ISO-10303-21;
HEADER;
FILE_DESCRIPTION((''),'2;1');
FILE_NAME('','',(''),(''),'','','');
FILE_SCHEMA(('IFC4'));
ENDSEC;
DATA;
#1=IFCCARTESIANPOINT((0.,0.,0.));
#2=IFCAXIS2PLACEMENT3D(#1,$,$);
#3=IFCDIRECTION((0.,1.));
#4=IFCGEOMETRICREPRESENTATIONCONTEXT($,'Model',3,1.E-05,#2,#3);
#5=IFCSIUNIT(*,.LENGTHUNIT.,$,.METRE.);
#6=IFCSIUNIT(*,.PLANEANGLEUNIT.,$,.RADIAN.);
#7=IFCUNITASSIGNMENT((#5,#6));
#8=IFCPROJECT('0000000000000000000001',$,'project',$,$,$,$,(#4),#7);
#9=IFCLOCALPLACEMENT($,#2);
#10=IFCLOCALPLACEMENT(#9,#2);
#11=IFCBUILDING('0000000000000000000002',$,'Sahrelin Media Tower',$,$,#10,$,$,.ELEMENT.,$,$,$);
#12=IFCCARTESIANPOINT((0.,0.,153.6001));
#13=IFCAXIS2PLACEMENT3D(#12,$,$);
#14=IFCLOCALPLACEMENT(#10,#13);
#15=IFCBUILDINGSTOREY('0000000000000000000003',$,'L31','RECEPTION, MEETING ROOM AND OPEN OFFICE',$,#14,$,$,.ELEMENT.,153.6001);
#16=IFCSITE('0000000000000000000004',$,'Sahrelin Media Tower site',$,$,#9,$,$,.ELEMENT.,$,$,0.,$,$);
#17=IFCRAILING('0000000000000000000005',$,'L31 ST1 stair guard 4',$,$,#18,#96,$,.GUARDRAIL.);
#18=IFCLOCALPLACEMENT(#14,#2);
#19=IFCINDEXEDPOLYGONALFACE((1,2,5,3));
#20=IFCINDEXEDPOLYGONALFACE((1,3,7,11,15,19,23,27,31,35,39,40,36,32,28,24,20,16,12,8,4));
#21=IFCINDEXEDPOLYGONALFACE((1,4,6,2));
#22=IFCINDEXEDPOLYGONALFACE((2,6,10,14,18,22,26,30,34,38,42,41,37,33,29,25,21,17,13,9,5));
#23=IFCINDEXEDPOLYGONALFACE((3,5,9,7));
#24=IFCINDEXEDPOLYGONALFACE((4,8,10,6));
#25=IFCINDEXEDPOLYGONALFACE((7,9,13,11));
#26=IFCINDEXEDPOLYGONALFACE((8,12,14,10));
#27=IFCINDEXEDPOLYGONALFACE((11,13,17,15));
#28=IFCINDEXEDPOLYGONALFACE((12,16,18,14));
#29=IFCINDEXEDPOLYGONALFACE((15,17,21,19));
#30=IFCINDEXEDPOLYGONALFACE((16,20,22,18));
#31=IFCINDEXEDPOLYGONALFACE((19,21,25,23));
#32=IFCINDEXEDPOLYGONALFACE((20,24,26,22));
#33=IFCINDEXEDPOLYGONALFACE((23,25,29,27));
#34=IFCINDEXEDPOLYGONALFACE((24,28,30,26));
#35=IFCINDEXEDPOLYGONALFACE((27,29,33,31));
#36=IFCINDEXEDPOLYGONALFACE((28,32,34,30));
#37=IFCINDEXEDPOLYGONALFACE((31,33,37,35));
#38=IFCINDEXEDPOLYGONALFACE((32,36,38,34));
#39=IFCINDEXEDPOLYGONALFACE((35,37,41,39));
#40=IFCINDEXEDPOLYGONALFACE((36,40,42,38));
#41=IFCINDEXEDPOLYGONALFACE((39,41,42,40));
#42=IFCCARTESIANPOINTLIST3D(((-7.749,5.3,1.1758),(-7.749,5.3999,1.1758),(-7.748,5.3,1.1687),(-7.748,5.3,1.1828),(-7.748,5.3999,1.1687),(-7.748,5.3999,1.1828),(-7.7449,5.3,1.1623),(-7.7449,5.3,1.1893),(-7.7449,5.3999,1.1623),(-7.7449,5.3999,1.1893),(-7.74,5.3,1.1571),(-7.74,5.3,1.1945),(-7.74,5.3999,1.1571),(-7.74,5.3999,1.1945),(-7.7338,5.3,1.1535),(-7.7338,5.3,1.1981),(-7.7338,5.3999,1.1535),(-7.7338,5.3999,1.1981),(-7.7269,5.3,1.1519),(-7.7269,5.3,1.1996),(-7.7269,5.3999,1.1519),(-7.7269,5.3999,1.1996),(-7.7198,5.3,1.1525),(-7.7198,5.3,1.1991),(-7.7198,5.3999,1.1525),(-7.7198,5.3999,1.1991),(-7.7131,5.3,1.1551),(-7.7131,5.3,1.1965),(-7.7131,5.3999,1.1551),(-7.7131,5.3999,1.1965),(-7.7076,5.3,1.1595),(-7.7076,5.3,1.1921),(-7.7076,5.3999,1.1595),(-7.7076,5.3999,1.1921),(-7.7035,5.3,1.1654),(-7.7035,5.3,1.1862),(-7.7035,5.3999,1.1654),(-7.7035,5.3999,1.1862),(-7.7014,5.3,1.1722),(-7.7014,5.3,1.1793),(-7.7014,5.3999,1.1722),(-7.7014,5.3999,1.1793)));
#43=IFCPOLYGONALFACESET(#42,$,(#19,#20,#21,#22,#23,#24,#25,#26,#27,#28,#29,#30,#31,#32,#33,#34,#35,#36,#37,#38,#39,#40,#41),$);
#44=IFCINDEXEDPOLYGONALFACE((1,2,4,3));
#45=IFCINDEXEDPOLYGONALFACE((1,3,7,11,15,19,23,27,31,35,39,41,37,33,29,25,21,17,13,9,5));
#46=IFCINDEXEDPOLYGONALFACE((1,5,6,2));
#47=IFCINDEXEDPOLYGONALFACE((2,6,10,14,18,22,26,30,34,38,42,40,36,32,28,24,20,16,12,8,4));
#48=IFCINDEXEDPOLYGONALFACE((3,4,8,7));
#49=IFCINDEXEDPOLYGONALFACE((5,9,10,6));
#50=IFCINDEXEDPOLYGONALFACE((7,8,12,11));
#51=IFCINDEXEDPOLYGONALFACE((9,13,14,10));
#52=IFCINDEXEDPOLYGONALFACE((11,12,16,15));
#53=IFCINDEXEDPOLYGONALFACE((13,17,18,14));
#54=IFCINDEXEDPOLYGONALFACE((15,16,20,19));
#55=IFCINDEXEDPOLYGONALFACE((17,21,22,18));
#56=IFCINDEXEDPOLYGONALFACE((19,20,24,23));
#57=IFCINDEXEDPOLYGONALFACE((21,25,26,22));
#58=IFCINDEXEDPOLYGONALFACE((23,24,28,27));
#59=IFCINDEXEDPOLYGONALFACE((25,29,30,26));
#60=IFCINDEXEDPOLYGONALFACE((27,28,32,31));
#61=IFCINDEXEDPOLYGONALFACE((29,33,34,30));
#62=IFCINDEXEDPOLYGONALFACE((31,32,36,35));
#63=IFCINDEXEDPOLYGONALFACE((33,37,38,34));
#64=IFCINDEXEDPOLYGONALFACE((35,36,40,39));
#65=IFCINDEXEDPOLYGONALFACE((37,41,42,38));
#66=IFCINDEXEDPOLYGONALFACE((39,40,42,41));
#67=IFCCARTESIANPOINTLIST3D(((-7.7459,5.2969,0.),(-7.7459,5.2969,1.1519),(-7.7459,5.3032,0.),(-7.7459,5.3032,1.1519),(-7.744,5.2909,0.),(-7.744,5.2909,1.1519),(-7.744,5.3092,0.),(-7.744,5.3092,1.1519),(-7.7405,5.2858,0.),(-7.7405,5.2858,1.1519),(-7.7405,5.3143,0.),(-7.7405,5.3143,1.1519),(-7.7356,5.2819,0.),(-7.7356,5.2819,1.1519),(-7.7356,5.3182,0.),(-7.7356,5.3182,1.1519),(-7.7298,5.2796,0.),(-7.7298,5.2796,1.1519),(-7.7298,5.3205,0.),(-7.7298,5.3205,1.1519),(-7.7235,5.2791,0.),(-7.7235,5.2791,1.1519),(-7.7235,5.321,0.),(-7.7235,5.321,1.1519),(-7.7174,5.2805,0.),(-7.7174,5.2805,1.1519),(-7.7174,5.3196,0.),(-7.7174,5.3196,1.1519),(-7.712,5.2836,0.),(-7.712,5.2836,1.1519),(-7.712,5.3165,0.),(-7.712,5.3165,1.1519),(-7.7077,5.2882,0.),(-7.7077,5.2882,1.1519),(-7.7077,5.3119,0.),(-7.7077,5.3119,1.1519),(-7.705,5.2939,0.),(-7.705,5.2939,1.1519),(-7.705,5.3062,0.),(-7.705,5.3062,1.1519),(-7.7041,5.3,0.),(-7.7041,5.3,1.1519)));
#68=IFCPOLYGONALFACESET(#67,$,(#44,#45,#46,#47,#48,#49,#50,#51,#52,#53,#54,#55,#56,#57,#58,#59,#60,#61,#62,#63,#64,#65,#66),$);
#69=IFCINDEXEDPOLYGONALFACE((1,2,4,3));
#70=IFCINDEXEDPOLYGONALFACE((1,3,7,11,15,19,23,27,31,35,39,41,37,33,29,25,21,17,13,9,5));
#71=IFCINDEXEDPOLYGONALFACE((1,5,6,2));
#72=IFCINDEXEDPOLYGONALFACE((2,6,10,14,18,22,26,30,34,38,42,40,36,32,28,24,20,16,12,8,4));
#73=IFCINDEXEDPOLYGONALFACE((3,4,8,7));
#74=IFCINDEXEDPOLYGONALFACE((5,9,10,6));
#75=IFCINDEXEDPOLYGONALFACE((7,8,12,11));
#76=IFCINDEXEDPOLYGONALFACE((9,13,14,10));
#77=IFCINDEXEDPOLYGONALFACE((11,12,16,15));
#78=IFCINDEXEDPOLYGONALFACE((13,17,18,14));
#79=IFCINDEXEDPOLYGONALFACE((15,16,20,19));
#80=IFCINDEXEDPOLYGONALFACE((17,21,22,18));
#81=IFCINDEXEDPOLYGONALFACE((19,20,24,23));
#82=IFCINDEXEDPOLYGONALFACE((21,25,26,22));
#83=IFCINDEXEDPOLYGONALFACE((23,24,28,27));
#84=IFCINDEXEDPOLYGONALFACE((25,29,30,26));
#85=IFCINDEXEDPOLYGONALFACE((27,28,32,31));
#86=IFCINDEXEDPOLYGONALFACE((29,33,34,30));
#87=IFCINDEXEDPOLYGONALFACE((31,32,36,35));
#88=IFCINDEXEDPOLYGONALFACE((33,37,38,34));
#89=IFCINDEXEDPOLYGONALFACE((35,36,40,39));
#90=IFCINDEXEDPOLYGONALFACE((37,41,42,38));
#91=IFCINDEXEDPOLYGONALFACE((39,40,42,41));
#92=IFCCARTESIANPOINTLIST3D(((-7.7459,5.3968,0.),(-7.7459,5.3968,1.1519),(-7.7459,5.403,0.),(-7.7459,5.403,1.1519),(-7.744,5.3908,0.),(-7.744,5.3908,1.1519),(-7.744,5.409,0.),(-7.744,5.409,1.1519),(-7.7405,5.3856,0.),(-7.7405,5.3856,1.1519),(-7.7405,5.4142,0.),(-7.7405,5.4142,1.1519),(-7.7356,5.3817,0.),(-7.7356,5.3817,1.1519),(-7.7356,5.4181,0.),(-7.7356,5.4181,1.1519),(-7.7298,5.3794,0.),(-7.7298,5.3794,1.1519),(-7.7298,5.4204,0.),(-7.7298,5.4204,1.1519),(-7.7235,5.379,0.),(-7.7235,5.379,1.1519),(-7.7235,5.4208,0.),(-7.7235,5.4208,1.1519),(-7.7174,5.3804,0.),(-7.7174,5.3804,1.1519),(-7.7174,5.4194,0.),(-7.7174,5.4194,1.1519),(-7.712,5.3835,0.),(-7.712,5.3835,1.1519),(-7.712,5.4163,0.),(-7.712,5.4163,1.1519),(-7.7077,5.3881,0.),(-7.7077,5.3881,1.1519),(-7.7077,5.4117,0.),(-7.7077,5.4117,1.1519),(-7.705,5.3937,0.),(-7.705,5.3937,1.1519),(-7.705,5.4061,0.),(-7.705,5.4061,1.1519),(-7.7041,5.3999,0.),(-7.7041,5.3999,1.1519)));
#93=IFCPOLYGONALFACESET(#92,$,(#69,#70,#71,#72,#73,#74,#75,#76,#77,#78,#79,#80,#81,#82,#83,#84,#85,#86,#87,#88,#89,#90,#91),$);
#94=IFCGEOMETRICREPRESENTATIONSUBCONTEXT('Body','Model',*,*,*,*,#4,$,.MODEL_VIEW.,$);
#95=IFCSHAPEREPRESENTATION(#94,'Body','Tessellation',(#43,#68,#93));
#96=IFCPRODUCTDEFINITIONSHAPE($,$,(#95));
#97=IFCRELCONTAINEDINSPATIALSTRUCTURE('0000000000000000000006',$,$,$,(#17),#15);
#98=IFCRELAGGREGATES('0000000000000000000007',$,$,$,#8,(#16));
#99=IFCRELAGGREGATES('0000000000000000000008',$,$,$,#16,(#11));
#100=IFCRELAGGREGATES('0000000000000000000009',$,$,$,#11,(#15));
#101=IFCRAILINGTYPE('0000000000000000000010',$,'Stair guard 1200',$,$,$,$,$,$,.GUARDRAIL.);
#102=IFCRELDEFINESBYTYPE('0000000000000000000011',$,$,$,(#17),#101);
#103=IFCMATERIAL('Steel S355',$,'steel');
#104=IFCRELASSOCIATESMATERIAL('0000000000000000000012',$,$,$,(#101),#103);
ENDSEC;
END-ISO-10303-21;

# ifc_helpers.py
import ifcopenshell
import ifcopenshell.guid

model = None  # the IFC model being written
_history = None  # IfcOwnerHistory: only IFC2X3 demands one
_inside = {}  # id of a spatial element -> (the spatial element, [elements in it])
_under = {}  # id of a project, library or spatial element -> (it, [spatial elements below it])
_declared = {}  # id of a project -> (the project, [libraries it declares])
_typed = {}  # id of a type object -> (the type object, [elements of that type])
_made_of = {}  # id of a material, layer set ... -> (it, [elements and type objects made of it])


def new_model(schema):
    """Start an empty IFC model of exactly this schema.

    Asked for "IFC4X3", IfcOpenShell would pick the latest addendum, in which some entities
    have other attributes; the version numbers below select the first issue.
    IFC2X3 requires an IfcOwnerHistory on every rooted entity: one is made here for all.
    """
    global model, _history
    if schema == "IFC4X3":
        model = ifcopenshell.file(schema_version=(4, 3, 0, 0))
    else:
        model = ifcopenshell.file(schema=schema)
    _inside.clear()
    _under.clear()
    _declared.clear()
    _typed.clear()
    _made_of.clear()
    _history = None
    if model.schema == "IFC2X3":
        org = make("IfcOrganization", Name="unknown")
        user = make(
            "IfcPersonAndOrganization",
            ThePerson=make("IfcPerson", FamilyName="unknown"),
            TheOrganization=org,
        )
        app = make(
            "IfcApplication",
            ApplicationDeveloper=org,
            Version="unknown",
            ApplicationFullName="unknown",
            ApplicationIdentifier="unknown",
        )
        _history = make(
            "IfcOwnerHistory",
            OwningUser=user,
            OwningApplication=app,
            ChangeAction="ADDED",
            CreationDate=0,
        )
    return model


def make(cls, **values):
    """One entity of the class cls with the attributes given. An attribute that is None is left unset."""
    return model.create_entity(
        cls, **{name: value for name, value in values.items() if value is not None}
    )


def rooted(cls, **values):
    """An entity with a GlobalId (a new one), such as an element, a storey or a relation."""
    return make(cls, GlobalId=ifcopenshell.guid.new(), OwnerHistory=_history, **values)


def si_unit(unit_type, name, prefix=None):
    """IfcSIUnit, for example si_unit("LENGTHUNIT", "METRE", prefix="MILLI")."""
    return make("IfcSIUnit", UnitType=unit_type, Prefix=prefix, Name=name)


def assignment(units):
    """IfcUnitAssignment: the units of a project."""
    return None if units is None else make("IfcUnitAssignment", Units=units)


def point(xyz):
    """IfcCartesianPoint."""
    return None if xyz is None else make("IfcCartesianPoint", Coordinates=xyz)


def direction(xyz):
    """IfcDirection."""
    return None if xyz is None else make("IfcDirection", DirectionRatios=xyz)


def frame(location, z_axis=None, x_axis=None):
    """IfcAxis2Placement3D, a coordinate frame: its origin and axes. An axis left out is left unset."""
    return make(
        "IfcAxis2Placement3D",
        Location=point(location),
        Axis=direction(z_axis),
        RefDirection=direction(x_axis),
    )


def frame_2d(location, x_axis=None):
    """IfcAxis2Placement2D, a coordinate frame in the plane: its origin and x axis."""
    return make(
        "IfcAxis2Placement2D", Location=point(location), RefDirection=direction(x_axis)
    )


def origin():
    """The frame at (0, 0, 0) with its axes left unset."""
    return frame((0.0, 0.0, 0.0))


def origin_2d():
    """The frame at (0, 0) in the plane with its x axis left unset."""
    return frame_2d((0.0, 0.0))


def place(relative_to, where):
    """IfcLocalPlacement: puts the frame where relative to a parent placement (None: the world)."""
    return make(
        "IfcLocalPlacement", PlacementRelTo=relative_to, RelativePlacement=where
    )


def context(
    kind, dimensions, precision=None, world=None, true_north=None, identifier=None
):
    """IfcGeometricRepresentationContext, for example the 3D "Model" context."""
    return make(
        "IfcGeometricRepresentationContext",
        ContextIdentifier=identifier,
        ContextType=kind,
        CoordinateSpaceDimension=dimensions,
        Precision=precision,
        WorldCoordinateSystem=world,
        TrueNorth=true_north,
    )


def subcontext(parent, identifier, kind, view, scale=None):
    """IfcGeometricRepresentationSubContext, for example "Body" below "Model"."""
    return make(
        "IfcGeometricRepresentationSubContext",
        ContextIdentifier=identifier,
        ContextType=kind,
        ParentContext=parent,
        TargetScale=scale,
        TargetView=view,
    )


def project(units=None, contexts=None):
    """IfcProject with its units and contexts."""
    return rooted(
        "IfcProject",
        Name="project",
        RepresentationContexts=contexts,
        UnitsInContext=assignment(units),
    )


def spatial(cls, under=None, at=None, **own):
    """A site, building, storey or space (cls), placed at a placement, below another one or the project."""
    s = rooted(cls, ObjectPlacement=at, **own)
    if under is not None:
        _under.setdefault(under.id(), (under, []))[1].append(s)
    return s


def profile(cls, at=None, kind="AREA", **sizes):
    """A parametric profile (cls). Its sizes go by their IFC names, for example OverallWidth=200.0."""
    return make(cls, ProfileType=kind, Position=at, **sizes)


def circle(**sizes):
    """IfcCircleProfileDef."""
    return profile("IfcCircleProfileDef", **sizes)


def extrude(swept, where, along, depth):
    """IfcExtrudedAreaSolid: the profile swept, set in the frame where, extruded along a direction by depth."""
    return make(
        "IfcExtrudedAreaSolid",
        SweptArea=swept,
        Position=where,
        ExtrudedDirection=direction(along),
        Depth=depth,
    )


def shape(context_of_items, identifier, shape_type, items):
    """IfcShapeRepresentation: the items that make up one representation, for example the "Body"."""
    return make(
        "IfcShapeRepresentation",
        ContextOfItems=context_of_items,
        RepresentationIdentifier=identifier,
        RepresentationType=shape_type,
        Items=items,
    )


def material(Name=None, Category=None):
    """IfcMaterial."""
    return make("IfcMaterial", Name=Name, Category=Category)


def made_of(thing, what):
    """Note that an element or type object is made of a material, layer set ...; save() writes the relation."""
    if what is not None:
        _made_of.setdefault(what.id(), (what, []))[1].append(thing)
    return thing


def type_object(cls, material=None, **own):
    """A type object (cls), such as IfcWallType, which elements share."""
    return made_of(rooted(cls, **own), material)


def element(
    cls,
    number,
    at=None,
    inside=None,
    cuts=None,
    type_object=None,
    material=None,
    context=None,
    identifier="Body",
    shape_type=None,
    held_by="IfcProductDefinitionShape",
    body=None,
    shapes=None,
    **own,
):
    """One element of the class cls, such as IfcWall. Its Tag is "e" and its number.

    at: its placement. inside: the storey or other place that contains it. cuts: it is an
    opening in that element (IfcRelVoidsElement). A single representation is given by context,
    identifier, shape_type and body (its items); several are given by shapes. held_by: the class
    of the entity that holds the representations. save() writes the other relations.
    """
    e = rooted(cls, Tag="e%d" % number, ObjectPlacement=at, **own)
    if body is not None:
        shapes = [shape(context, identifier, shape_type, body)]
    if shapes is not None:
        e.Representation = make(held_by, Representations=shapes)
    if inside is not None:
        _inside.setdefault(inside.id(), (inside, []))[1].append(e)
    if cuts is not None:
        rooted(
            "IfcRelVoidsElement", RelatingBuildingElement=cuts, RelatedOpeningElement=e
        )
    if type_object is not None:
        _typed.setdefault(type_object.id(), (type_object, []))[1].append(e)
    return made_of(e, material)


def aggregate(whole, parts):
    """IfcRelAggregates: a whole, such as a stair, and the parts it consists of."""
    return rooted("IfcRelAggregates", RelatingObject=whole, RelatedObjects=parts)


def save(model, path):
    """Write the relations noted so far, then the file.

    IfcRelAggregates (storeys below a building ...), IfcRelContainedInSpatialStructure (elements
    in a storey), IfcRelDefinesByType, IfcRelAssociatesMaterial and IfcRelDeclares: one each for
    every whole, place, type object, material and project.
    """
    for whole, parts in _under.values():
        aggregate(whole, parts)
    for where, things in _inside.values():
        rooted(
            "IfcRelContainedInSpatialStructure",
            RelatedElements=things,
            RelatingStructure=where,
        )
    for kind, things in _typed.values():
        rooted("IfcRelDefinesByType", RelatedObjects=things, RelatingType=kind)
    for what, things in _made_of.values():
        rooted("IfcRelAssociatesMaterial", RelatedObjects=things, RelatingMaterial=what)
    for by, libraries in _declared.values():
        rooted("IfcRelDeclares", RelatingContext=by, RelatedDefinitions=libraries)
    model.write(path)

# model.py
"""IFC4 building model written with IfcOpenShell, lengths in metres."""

from ifc_helpers import new_model, si_unit, direction, frame, origin, origin_2d, place, context, subcontext, project, spatial, circle, extrude, material, type_object, element, save


model = new_model("IFC4")

# Units and contexts
model_context = context("Model", 3, precision=1e-05, world=origin(), true_north=direction((0.0, 1.0)))
body_context = subcontext(model_context, "Body", "Model", "MODEL_VIEW")
ifc_project = project(units=[si_unit("LENGTHUNIT", "METRE"), si_unit("PLANEANGLEUNIT", "RADIAN")], contexts=[model_context])

# Site, building, storey
site_placement = place(None, origin())
site = spatial("IfcSite", under=ifc_project, at=site_placement, Name="Sahrelin Media Tower site", CompositionType="ELEMENT", RefElevation=0.0)
building_placement = place(site_placement, origin())
building = spatial("IfcBuilding", under=site, at=building_placement, Name="Sahrelin Media Tower", CompositionType="ELEMENT")
storey_placement = place(building_placement, frame((0.0, 0.0, 153.6001)))
storey = spatial("IfcBuildingStorey", under=building, at=storey_placement, Name="L31", Description="RECEPTION, MEETING ROOM AND OPEN OFFICE", CompositionType="ELEMENT", Elevation=153.6001)

# Shared definitions
ifc_material_1 = material(Name="Steel S355", Category="steel")

# Railing
railing_type_1 = type_object("IfcRailingType", Name="Stair guard 1200", PredefinedType="GUARDRAIL", material=ifc_material_1)
railing_1_placement = place(storey_placement, frame((-7.7251, 5.3, 0.0)))
element("IfcRailing", 1, at=railing_1_placement, inside=storey, type_object=railing_type_1, Name="L31 ST1 stair guard 4", PredefinedType="GUARDRAIL", context=body_context, shape_type="SweptSolid", body=[
    extrude(circle(Radius=0.0239, at=origin_2d()), frame((0.0, 0.0, 1.1758), z_axis=(0.0, 1.0, 0.0), x_axis=(-1.0, 0.0, 0.0)), (0.0, 0.0, 1.0), 0.0999),
    extrude(circle(Radius=0.021, at=origin_2d()), origin(), (0.0, 0.0, 1.0), 1.1519),
    extrude(circle(Radius=0.021, at=origin_2d()), frame((0.0, 0.0999, 0.0)), (0.0, 0.0, 1.0), 1.1519),
])

save(model, "model.ifc")
